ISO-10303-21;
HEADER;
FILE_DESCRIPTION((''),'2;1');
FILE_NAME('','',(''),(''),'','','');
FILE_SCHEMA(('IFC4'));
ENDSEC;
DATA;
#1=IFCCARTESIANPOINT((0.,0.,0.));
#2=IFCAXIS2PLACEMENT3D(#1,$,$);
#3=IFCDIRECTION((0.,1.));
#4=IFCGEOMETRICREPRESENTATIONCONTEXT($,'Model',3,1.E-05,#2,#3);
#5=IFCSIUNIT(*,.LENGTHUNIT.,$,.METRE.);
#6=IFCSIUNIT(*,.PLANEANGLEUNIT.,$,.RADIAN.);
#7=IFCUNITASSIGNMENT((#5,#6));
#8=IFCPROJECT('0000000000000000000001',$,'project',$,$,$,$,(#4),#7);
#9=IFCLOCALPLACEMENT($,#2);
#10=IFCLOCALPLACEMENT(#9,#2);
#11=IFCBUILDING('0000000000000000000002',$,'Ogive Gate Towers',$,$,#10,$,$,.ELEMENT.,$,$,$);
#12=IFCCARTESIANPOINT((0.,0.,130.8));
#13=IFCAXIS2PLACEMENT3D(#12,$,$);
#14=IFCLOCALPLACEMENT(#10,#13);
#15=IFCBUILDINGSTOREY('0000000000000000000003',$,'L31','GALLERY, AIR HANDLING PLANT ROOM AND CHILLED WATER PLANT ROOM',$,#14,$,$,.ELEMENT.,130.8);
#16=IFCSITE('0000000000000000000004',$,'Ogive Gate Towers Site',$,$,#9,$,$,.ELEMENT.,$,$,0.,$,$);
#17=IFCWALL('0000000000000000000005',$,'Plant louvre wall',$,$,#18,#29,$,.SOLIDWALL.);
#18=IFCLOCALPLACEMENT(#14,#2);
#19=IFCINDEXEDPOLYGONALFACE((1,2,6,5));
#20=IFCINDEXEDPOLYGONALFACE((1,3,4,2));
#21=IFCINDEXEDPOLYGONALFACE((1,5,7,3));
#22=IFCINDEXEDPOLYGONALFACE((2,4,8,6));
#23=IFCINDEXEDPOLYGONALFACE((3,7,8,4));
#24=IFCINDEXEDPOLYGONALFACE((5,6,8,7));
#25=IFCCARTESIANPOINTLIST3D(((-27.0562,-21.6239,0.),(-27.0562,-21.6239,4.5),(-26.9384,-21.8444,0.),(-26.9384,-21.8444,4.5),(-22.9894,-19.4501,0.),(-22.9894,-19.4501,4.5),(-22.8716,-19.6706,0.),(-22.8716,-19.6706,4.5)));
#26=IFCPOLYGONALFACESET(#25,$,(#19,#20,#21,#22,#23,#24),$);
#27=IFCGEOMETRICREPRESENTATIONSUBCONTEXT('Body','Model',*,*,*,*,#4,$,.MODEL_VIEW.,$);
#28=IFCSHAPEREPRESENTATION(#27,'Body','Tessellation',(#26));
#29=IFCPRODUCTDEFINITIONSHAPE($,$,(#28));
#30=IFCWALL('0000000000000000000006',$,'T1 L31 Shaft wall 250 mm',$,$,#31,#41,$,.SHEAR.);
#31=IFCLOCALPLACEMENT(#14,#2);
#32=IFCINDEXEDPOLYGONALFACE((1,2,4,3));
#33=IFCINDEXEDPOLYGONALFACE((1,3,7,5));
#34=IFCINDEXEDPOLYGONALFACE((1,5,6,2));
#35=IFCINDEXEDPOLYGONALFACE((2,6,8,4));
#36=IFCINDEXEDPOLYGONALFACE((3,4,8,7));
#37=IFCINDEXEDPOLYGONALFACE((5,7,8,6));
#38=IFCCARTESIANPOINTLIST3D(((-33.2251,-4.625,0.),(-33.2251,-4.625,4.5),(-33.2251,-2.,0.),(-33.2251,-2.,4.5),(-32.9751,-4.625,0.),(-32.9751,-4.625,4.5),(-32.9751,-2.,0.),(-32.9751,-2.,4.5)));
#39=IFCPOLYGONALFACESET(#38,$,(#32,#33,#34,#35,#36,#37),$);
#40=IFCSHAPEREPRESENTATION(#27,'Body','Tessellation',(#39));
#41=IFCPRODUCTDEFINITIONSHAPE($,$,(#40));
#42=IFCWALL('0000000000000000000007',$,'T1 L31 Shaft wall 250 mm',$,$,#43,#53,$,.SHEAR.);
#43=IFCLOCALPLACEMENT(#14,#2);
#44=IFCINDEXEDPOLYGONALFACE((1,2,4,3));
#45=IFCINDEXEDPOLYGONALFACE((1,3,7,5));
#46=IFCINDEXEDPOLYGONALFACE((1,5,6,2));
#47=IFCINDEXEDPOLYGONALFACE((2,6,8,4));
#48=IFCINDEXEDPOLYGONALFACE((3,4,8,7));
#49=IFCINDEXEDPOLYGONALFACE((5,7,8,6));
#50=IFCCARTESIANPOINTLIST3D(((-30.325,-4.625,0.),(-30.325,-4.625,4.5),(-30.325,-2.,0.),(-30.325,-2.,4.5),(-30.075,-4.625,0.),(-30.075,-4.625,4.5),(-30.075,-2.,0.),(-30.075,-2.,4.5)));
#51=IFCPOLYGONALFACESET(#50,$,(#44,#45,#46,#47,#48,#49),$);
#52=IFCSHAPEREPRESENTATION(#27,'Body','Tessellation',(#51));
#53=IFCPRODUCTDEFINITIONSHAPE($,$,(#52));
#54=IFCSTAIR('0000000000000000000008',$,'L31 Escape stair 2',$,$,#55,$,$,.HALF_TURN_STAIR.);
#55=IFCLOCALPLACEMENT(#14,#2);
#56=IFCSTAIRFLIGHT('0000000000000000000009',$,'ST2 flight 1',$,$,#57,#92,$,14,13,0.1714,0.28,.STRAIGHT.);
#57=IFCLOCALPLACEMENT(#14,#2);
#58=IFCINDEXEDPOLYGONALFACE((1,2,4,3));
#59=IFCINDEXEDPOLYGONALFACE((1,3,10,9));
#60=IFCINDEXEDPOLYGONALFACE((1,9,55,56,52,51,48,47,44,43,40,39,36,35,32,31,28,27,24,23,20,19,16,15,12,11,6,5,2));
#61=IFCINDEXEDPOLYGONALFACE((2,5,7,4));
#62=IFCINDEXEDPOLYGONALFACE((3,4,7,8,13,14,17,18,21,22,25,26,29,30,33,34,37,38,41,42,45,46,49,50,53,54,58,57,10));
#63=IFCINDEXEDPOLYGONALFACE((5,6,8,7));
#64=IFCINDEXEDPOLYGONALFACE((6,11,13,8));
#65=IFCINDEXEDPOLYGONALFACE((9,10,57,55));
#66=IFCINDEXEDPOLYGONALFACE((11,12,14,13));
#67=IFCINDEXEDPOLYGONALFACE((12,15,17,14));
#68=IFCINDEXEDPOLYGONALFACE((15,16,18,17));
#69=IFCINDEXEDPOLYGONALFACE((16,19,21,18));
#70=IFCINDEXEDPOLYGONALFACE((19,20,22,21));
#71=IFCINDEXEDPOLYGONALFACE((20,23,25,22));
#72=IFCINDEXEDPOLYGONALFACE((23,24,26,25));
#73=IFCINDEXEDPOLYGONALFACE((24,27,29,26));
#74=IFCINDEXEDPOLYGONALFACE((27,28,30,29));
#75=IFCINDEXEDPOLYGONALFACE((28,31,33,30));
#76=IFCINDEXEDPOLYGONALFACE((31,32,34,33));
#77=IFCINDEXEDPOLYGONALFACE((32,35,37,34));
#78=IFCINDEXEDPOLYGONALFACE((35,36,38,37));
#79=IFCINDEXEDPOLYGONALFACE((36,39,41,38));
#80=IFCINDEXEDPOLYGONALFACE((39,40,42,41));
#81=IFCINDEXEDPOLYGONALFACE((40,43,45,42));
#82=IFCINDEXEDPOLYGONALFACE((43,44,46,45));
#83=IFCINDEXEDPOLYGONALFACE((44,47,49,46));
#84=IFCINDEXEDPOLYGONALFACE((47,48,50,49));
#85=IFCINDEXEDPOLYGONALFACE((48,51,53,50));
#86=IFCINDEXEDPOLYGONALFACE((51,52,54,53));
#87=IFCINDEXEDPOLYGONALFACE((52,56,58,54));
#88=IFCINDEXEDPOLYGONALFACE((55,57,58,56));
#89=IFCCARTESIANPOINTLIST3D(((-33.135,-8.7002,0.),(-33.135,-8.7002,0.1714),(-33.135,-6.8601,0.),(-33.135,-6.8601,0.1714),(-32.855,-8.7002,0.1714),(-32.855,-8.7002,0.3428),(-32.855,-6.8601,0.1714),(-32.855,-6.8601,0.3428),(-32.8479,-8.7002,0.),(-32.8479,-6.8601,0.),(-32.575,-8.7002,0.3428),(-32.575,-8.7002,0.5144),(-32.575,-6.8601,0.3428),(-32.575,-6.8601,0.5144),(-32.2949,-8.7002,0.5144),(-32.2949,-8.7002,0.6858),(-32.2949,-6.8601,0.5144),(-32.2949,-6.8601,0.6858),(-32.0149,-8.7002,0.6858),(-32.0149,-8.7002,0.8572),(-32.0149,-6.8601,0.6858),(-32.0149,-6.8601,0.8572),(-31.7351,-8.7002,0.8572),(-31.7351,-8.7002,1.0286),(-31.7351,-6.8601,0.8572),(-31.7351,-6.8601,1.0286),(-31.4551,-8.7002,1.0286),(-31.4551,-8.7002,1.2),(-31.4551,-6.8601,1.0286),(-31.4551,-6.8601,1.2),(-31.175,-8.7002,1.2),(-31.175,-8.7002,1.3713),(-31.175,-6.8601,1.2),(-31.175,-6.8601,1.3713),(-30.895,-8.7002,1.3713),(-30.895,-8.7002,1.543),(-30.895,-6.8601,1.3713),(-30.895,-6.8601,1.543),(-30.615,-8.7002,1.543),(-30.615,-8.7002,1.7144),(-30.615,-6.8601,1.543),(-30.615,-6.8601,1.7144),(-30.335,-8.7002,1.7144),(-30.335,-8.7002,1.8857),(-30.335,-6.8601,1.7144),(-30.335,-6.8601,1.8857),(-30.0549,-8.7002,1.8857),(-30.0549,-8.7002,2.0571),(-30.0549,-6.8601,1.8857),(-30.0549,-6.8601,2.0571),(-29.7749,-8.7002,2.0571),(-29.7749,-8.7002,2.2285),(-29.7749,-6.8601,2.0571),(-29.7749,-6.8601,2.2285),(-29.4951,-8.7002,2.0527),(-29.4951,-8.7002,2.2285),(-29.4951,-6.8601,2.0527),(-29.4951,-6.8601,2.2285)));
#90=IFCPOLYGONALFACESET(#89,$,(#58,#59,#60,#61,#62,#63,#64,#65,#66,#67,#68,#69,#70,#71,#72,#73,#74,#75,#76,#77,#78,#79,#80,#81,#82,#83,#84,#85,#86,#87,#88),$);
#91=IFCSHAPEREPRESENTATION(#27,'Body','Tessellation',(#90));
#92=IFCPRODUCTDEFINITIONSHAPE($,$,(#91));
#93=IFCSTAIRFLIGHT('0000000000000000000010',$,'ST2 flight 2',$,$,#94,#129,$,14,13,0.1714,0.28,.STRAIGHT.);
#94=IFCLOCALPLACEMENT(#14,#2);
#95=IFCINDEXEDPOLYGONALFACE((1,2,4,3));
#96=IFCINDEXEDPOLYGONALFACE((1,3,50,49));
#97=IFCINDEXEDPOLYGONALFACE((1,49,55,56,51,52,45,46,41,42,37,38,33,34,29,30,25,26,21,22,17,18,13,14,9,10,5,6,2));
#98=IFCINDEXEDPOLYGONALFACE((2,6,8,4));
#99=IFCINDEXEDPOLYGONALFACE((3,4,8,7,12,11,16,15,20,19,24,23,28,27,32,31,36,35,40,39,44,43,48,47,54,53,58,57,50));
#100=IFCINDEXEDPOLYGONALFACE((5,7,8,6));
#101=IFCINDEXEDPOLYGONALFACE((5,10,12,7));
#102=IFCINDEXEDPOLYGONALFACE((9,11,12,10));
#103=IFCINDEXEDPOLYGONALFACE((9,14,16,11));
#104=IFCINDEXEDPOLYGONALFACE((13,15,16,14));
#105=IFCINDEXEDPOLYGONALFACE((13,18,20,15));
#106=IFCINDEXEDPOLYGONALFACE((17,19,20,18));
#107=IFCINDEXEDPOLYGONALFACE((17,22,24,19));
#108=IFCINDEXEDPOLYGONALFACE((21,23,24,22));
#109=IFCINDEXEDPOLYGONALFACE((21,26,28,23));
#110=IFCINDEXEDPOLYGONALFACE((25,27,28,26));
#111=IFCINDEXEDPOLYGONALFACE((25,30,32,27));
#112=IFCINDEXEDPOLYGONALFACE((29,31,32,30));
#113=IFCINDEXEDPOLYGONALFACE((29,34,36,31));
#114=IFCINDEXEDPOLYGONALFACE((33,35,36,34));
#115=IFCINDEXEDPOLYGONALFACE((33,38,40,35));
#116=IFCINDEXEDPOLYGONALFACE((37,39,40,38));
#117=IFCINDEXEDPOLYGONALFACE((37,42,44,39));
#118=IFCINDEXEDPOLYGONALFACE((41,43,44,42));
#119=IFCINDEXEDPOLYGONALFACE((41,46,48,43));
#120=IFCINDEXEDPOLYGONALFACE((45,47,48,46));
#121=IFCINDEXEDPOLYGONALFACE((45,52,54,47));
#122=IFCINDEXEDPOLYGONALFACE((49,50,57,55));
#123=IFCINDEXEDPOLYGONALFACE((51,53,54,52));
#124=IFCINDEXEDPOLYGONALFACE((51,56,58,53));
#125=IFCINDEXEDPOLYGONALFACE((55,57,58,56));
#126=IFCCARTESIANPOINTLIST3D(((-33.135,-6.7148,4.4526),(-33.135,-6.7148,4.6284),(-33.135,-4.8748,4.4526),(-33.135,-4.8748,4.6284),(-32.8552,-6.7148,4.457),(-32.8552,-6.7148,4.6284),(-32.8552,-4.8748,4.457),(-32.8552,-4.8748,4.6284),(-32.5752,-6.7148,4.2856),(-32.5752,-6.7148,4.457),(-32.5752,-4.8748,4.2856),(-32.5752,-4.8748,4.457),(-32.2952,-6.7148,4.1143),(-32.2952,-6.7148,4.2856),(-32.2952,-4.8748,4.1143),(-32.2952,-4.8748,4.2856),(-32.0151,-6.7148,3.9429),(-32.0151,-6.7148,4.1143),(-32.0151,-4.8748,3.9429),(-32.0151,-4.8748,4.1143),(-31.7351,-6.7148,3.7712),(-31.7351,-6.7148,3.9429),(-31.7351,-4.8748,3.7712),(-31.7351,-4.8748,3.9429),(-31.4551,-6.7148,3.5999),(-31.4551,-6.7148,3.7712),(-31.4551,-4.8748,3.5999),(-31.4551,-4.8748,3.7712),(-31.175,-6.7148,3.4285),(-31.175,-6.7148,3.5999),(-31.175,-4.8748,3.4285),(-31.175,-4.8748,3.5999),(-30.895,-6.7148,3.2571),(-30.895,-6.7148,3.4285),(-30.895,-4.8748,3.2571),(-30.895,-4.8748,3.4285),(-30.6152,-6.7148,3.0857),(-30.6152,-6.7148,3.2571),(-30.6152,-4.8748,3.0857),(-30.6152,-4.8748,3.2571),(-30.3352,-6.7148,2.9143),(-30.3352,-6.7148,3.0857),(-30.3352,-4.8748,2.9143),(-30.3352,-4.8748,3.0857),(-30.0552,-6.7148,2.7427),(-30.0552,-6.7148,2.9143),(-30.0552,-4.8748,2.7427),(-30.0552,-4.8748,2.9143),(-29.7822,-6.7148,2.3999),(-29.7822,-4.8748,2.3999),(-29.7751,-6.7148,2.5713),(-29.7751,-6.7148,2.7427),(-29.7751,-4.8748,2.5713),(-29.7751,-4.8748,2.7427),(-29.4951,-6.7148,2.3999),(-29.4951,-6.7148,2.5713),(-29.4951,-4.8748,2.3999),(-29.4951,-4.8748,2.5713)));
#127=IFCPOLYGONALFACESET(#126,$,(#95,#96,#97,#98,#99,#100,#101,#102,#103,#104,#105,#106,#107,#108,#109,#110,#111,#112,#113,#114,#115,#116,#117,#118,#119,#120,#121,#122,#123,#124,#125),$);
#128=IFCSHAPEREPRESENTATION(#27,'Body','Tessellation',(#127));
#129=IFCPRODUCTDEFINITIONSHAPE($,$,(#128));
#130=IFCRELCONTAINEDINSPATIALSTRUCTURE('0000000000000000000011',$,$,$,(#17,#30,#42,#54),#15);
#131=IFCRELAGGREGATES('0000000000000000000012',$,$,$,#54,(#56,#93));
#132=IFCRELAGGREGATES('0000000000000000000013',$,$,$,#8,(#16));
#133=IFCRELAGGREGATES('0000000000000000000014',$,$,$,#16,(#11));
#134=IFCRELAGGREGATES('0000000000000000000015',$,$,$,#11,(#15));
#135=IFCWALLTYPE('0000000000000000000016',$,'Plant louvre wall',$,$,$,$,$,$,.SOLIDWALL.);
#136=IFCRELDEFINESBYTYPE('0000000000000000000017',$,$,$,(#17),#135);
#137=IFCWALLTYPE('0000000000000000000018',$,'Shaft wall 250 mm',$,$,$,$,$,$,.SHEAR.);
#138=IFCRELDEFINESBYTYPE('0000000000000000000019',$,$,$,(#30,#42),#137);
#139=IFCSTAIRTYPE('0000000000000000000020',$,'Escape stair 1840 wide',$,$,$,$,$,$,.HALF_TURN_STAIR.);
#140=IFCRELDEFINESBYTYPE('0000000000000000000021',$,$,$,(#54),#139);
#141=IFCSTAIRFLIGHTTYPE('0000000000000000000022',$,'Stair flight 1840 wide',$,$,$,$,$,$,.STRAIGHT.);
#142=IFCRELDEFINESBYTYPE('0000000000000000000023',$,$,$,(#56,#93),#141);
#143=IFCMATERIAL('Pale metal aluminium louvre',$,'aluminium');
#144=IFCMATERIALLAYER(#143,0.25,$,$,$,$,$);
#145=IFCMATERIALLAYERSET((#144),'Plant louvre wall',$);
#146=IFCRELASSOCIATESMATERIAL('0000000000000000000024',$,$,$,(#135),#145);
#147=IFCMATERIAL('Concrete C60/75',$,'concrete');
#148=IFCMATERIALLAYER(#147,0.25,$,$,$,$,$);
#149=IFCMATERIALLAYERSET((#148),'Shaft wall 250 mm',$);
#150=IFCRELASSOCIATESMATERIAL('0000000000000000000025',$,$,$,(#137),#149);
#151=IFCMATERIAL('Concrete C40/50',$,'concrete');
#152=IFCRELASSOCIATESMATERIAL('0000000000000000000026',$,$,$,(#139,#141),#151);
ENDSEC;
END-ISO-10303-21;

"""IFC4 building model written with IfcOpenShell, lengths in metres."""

from ifc_helpers import new_model, si_unit, direction, frame, frame_2d, origin, place, context, subcontext, project, spatial, polyline, rectangle, outline, extrude, material, layer, layer_set, type_object, element, aggregate, save


model = new_model("IFC4")

# Units and contexts
model_context = context("Model", 3, precision=1e-05, world=origin(), true_north=direction((0.0, 1.0)))
body_context = subcontext(model_context, "Body", "Model", "MODEL_VIEW")
ifc_project = project(units=[si_unit("LENGTHUNIT", "METRE"), si_unit("PLANEANGLEUNIT", "RADIAN")], contexts=[model_context])

# Site, building, storey
site_placement = place(None, origin())
site = spatial("IfcSite", under=ifc_project, at=site_placement, Name="Ogive Gate Towers Site", CompositionType="ELEMENT", RefElevation=0.0)
building_placement = place(site_placement, origin())
building = spatial("IfcBuilding", under=site, at=building_placement, Name="Ogive Gate Towers", CompositionType="ELEMENT")
storey_placement = place(building_placement, frame((0.0, 0.0, 130.8)))
storey = spatial("IfcBuildingStorey", under=building, at=storey_placement, Name="L31", Description="GALLERY, AIR HANDLING PLANT ROOM AND CHILLED WATER PLANT ROOM", CompositionType="ELEMENT", Elevation=130.8)

# Shared definitions
ifc_material_1 = material(Name="Concrete C60/75", Category="concrete")

# Walls
ifc_material_2 = material(Name="Pale metal aluminium louvre", Category="aluminium")
ifc_layer_1 = layer(ifc_material_2, 0.25)
ifc_layer_set_1 = layer_set([ifc_layer_1], Name="Plant louvre wall")
wall_type_1 = type_object("IfcWallType", Name="Plant louvre wall", PredefinedType="SOLIDWALL", material=ifc_layer_set_1)
wall_1_placement = place(storey_placement, frame((-26.9973, -21.7341, 0.0), z_axis=(0.0, 0.0, 1.0), x_axis=(0.881919, 0.471401, 0.0)))
element("IfcWall", 1, at=wall_1_placement, inside=storey, type_object=wall_type_1, Name="Plant louvre wall", PredefinedType="SOLIDWALL", context=body_context, shape_type="SweptSolid", body=[
    extrude(rectangle(XDim=4.6113, YDim=0.25, at=frame_2d((2.3057, 0.0))), origin(), (0.0, 0.0, 1.0), 4.5),
])
ifc_layer_2 = layer(ifc_material_1, 0.25)
ifc_layer_set_2 = layer_set([ifc_layer_2], Name="Shaft wall 250 mm")
wall_type_2 = type_object("IfcWallType", Name="Shaft wall 250 mm", PredefinedType="SHEAR", material=ifc_layer_set_2)
for number, where, z_axis, x_axis, name in (
    (2, (-33.1001, -4.625, 0.0), (0.0, 0.0, 1.0), (0.0, 1.0, 0.0), "T1 L31 Shaft wall 250 mm"),
    (3, (-30.2, -4.625, 0.0), (0.0, 0.0, 1.0), (0.0, 1.0, 0.0), "T1 L31 Shaft wall 250 mm"),
):
    element("IfcWall", number, at=place(storey_placement, frame(where, z_axis=z_axis, x_axis=x_axis)), inside=storey, type_object=wall_type_2, Name=name, PredefinedType="SHEAR", context=body_context, shape_type="SweptSolid", body=[
        extrude(rectangle(XDim=2.625, YDim=0.25, at=frame_2d((1.3125, 0.0))), origin(), (0.0, 0.0, 1.0), 4.5),
    ])

# Stair, stair flights
ifc_material_3 = material(Name="Concrete C40/50", Category="concrete")
stair_type = type_object("IfcStairType", Name="Escape stair 1840 wide", PredefinedType="HALF_TURN_STAIR", material=ifc_material_3)
stair_placement = place(storey_placement, origin())
stair = element("IfcStair", 4, at=stair_placement, inside=storey, type_object=stair_type, Name="L31 Escape stair 2", PredefinedType="HALF_TURN_STAIR")
stair_flight_type = type_object("IfcStairFlightType", Name="Stair flight 1840 wide", PredefinedType="STRAIGHT", material=ifc_material_3)
stair_flight_1_placement = place(storey_placement, frame((-33.135, -7.78, 0.0), z_axis=(0.0, 0.0, 1.0), x_axis=(1.0, 0.0, 0.0)))
stair_flight_1 = element("IfcStairFlight", 5, at=stair_flight_1_placement, type_object=stair_flight_type, Name="ST2 flight 1", NumberOfRisers=14, NumberOfTreads=13, PredefinedType="STRAIGHT", RiserHeight=0.1714, TreadLength=0.28, context=body_context, shape_type="SweptSolid", body=[
    extrude(outline(polyline([(0.0, 0.0), (0.0, 0.1714), (0.28, 0.1714), (0.28, 0.3428), (0.5601, 0.3428), (0.5601, 0.5144), (0.8401, 0.5144), (0.8401, 0.6858), (1.1201, 0.6858), (1.1201, 0.8572), (1.3999, 0.8572), (1.3999, 1.0286), (1.6799, 1.0286), (1.6799, 1.2), (1.96, 1.2), (1.96, 1.3713), (2.24, 1.3713), (2.24, 1.543), (2.52, 1.543), (2.52, 1.7144), (2.8, 1.7144), (2.8, 1.8857), (3.0801, 1.8857), (3.0801, 2.0571), (3.3601, 2.0571), (3.3601, 2.2285), (3.6399, 2.2285), (3.6399, 2.3999), (3.6399, 2.0527), (0.2871, 0.0), (0.0, 0.0)])), frame((0.0, 0.9199, 0.0), z_axis=(0.0, -1.0, 0.0), x_axis=(1.0, 0.0, 0.0)), (0.0, 0.0, 1.0), 1.8401),
])
stair_flight_2_placement = place(storey_placement, frame((-29.4951, -5.7949, 2.3999), z_axis=(0.0, 0.0, 1.0), x_axis=(-1.0, 0.0, 0.0)))
stair_flight_2 = element("IfcStairFlight", 6, at=stair_flight_2_placement, type_object=stair_flight_type, Name="ST2 flight 2", NumberOfRisers=14, NumberOfTreads=13, PredefinedType="STRAIGHT", RiserHeight=0.1714, TreadLength=0.28, context=body_context, shape_type="SweptSolid", body=[
    extrude(outline(polyline([(0.0, 0.0), (0.0, 0.1714), (0.28, 0.1714), (0.28, 0.3428), (0.5601, 0.3428), (0.5601, 0.5144), (0.8401, 0.5144), (0.8401, 0.6858), (1.1201, 0.6858), (1.1201, 0.8572), (1.3999, 0.8572), (1.3999, 1.0286), (1.6799, 1.0286), (1.6799, 1.2), (1.96, 1.2), (1.96, 1.3713), (2.24, 1.3713), (2.24, 1.543), (2.52, 1.543), (2.52, 1.7144), (2.8, 1.7144), (2.8, 1.8857), (3.0801, 1.8857), (3.0801, 2.0571), (3.3601, 2.0571), (3.3601, 2.2285), (3.6399, 2.2285), (3.6399, 2.3999), (3.6399, 2.0527), (0.2871, 0.0), (0.0, 0.0)])), frame((0.0, 0.9199, 0.0), z_axis=(0.0, -1.0, 0.0), x_axis=(1.0, 0.0, 0.0)), (0.0, 0.0, 1.0), 1.8401),
])
aggregate(stair, [stair_flight_1, stair_flight_2])

save(model, "model.ifc")
